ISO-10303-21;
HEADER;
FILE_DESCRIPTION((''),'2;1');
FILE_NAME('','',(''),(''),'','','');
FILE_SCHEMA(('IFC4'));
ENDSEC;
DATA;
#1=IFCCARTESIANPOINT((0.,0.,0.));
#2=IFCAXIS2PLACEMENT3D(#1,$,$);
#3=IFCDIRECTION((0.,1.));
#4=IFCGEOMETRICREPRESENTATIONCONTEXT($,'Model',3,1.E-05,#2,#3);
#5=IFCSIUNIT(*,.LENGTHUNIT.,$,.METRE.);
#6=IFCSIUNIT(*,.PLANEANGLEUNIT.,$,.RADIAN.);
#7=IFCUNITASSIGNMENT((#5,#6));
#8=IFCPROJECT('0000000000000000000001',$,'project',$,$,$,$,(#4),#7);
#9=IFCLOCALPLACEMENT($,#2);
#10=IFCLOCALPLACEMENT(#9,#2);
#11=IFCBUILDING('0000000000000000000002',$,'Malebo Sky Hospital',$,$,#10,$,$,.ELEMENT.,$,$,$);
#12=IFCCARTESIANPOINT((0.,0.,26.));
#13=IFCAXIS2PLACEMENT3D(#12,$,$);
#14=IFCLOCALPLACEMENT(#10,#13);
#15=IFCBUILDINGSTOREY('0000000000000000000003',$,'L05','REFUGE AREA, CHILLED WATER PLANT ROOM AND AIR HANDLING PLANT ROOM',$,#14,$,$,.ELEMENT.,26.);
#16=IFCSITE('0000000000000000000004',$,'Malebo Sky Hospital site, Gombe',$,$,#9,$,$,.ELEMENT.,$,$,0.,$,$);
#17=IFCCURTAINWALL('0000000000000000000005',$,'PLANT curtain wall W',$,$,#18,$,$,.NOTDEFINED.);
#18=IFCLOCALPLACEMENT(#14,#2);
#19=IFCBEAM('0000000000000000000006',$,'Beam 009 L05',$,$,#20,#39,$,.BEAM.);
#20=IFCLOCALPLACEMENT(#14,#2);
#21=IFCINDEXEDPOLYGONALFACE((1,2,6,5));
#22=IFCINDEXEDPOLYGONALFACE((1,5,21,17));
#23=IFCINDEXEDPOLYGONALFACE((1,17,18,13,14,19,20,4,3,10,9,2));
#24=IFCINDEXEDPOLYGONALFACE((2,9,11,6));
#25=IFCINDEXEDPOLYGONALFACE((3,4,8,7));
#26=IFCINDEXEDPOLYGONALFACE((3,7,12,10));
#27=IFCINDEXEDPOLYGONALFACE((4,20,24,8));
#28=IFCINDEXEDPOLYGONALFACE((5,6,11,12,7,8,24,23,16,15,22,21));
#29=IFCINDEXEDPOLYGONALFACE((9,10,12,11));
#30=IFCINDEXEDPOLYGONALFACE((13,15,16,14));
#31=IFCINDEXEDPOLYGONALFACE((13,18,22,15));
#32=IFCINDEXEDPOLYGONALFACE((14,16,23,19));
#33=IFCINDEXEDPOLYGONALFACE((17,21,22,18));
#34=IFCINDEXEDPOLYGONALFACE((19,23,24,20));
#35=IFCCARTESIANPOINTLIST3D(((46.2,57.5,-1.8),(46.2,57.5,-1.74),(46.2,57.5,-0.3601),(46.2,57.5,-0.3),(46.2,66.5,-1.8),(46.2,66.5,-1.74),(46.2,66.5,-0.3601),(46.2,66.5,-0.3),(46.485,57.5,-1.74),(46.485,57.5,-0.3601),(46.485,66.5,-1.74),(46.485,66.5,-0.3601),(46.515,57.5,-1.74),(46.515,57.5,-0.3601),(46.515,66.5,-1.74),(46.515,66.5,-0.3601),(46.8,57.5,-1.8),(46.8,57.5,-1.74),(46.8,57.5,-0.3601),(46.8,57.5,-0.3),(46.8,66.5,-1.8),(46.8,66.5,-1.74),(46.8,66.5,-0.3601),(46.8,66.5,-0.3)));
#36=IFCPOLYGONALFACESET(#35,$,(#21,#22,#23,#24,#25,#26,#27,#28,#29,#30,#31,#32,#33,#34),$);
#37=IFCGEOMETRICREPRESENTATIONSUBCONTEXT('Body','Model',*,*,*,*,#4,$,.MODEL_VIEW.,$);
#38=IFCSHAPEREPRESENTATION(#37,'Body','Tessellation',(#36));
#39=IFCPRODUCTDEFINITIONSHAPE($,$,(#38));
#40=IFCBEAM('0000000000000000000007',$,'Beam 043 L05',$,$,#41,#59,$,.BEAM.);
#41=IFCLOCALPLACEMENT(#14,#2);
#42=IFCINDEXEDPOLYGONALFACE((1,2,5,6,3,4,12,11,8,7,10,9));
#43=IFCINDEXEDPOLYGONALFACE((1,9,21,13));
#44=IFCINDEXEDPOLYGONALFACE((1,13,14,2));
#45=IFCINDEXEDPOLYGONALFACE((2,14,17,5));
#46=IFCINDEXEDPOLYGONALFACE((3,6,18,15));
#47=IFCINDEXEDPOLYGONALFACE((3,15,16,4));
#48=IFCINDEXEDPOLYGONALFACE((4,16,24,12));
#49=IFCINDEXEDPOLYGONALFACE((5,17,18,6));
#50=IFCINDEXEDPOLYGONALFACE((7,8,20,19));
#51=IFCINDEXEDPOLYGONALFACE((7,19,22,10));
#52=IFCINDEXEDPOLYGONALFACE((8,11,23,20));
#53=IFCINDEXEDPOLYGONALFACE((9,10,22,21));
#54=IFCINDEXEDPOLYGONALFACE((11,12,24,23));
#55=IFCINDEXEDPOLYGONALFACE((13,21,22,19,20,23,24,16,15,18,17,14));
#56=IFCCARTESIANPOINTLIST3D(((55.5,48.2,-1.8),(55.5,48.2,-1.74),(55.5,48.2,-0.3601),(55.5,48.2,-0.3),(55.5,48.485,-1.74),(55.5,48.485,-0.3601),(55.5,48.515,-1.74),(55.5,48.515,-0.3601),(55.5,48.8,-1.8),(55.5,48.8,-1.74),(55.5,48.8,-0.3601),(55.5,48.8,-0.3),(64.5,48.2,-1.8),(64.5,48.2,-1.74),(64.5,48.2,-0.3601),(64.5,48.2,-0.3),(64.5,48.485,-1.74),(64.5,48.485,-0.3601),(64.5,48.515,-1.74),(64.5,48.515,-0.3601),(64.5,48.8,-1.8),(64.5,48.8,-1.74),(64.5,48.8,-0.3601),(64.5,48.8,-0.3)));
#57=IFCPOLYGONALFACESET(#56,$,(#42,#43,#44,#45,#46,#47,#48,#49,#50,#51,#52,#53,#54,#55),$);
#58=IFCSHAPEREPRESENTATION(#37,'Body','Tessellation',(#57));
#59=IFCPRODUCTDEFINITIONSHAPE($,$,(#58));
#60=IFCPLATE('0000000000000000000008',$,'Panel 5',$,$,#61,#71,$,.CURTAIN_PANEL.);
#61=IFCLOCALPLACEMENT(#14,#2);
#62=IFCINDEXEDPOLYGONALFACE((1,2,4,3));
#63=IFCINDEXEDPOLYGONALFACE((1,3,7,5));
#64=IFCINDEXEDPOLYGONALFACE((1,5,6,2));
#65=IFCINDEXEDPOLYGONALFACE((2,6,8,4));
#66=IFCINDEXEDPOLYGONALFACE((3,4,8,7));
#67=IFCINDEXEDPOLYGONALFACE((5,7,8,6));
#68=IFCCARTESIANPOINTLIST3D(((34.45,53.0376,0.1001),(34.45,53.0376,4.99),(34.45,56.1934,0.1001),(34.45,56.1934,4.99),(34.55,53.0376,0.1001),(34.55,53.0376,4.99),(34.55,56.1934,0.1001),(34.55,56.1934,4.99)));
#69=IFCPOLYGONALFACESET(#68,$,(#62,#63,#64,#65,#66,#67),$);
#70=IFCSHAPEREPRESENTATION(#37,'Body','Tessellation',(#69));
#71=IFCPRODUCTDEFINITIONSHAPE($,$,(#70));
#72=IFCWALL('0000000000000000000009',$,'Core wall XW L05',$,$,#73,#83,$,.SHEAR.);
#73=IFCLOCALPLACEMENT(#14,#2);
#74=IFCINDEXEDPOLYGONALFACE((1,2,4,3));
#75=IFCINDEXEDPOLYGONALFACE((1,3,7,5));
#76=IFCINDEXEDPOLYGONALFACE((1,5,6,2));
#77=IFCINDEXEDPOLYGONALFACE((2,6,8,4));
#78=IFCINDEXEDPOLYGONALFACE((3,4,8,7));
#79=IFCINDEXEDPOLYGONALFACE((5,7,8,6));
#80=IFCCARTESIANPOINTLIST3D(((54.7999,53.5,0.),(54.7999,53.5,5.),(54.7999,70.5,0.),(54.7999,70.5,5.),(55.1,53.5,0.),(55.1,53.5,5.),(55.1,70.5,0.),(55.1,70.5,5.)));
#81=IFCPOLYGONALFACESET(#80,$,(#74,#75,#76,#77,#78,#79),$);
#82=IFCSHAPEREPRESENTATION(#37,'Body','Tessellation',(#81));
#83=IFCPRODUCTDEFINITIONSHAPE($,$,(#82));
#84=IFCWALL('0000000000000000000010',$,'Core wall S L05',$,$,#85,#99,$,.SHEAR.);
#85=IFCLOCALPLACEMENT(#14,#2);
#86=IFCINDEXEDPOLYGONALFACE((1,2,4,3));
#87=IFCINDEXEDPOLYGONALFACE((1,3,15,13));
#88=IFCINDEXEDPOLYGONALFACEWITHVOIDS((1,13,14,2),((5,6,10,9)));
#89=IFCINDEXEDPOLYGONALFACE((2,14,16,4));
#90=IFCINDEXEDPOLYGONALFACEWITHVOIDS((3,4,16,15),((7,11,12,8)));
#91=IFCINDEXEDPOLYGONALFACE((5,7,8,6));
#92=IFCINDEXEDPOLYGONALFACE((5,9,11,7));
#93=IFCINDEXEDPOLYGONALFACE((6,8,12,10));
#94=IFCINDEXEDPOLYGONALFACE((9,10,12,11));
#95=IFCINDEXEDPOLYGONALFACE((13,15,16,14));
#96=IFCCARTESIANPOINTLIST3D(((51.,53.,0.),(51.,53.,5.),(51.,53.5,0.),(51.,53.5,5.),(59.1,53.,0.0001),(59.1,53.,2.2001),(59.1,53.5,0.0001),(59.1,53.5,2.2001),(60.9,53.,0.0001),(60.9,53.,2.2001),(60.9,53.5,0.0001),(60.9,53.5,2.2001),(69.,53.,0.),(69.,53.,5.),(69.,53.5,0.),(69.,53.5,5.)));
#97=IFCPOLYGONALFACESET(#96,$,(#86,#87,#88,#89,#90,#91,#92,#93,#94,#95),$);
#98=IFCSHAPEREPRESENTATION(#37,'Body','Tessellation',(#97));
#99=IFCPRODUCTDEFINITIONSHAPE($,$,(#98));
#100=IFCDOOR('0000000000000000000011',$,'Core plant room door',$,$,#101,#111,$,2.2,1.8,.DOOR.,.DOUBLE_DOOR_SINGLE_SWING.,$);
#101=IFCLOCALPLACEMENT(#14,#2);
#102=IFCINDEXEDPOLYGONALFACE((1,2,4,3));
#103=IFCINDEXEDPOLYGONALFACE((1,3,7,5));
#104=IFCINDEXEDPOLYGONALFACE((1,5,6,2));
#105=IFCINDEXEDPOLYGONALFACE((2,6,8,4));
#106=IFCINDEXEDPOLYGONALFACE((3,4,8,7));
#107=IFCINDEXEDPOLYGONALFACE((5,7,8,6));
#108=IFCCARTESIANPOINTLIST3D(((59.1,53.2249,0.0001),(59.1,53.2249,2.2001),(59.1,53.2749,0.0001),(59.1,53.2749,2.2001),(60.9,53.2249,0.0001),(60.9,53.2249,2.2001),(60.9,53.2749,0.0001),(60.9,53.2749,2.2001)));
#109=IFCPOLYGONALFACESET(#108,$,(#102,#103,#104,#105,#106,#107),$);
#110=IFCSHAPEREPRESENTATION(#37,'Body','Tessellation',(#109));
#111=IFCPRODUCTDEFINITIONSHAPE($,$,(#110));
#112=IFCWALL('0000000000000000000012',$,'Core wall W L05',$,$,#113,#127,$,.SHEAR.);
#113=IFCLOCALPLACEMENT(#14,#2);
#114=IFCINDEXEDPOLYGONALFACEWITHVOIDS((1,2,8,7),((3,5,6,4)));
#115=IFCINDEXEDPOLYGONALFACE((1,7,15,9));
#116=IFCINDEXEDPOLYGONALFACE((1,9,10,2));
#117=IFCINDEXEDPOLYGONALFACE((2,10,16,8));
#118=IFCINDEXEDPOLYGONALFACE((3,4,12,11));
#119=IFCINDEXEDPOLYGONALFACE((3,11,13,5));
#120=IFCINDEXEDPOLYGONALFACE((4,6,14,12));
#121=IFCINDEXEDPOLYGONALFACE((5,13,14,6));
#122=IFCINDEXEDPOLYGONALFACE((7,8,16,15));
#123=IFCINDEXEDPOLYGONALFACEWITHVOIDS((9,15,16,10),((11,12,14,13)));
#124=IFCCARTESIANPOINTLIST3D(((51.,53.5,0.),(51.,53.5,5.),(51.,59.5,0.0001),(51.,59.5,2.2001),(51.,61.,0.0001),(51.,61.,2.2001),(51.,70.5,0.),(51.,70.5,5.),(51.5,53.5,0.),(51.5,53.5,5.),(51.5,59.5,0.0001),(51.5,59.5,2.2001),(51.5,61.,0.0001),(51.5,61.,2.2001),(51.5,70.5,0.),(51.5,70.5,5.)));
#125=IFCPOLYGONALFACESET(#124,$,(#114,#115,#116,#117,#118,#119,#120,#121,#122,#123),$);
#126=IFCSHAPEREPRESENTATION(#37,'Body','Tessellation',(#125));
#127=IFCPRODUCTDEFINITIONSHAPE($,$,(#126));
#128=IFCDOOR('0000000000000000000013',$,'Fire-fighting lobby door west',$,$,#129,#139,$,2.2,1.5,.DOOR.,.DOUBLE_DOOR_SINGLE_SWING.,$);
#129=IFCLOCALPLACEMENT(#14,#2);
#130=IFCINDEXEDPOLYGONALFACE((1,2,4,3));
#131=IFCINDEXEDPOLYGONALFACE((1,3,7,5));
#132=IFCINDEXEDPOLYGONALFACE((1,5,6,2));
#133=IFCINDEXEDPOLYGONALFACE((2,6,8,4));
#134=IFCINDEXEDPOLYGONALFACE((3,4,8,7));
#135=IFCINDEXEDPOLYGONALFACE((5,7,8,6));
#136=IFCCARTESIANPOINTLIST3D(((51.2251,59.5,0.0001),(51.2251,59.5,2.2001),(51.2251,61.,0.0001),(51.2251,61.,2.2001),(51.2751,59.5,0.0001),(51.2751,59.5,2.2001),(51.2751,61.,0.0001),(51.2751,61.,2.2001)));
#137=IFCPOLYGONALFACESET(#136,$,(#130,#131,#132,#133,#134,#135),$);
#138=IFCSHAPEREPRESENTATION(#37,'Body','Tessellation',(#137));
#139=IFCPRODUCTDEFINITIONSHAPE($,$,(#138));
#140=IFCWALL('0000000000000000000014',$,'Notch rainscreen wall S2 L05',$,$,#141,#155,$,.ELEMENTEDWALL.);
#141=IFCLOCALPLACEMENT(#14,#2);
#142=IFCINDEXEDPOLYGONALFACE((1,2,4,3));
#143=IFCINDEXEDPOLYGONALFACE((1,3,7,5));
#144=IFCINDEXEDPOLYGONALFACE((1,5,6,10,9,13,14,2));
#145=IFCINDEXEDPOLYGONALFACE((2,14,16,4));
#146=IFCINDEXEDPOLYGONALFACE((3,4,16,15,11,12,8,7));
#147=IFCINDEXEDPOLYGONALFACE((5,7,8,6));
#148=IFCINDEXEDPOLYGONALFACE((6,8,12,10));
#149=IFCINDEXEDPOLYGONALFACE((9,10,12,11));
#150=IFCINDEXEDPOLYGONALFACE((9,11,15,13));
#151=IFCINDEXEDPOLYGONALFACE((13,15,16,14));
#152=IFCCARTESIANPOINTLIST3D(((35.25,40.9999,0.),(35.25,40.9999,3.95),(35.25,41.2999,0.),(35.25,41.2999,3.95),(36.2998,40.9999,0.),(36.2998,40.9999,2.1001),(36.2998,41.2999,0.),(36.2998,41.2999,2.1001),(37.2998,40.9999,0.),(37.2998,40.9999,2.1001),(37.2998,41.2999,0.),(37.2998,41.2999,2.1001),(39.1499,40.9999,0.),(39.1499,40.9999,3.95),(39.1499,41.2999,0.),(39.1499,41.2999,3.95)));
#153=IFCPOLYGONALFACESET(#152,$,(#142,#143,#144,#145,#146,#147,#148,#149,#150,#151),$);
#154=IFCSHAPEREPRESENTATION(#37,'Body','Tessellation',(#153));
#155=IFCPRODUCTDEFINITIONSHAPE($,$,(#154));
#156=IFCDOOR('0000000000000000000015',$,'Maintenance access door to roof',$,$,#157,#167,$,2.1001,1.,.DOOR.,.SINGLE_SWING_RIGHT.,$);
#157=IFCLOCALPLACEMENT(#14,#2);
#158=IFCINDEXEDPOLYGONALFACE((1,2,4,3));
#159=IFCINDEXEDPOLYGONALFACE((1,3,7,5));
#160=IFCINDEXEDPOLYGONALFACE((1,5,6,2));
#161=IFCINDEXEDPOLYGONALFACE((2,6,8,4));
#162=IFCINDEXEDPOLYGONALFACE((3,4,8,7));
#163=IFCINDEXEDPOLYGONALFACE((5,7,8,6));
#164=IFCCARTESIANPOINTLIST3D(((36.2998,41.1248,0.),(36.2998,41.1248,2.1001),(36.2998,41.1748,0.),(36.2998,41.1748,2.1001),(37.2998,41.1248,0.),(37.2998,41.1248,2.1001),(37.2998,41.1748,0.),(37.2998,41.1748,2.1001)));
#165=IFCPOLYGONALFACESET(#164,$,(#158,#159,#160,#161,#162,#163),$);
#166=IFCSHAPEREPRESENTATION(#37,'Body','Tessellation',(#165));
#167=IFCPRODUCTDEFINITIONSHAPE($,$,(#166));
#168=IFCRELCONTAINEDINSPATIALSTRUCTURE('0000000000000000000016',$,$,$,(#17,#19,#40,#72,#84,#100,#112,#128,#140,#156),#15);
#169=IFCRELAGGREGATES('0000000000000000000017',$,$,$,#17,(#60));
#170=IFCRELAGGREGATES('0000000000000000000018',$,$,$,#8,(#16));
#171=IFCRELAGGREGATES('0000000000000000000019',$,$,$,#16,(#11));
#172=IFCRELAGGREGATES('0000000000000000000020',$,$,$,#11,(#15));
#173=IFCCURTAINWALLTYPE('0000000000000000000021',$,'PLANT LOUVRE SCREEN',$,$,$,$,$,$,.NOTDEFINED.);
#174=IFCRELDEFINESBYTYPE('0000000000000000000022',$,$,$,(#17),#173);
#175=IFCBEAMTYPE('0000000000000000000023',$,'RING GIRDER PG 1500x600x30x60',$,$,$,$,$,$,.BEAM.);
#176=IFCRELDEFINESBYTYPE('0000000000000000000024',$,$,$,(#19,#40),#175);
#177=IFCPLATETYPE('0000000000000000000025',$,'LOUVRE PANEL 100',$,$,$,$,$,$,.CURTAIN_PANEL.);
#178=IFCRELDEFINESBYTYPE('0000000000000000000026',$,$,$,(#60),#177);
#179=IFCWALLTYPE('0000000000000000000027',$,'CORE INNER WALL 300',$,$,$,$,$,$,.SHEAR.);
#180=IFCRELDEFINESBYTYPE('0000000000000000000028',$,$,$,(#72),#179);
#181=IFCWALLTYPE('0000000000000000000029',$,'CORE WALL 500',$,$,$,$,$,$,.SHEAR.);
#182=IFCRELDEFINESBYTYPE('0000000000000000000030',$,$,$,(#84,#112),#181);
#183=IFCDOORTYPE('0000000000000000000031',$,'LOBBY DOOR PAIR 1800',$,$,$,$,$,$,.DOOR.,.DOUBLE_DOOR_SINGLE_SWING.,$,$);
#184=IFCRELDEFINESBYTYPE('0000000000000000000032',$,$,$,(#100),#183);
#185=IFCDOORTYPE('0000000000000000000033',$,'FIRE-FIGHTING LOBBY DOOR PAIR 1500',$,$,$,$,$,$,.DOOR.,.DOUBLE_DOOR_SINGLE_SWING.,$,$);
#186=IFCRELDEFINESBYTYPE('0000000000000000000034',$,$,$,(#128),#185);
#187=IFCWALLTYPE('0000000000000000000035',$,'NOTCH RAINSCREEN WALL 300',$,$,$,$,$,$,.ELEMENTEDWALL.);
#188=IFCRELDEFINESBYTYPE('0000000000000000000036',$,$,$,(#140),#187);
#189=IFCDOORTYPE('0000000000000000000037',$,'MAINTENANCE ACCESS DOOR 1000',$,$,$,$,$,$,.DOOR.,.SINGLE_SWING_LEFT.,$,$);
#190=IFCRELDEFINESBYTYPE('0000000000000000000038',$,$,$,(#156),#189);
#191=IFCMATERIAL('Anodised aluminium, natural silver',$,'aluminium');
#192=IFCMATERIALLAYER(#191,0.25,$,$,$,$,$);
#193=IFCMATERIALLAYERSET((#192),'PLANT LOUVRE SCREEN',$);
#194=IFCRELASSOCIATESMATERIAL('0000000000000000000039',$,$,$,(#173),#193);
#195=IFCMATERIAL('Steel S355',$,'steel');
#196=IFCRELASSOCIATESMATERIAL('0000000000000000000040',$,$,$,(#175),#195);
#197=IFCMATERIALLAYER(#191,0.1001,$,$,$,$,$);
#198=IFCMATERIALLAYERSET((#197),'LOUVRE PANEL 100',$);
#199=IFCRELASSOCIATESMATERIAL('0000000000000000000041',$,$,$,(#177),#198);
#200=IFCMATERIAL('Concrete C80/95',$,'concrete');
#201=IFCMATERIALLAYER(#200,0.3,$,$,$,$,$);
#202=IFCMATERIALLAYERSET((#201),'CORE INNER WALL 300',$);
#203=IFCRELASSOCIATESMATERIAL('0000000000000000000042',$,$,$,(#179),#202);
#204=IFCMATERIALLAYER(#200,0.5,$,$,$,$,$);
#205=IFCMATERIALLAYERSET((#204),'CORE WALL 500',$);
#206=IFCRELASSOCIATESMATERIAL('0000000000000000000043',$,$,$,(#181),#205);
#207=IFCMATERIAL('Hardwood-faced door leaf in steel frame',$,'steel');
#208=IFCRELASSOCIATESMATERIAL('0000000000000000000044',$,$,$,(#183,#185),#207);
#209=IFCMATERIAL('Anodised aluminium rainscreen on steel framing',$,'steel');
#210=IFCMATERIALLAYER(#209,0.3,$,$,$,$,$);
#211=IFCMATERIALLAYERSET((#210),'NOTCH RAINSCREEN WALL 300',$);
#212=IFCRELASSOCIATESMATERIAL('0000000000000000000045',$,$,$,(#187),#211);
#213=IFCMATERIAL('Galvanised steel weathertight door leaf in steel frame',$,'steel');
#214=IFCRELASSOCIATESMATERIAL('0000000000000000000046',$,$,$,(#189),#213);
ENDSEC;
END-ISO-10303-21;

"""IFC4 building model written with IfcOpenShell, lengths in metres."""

from ifc_helpers import new_model, si_unit, direction, frame, frame_2d, origin, origin_2d, place, context, subcontext, project, spatial, rectangle, i_section, extrude, material, layer, layer_set, material_profile, profile_set, type_object, element, fill, aggregate, save


model = new_model("IFC4")

# Units and contexts
model_context = context("Model", 3, precision=1e-05, world=origin(), true_north=direction((0.0, 1.0)))
body_context = subcontext(model_context, "Body", "Model", "MODEL_VIEW")
ifc_project = project(units=[si_unit("LENGTHUNIT", "METRE"), si_unit("PLANEANGLEUNIT", "RADIAN")], contexts=[model_context])

# Site, building, storey
site_placement = place(None, origin())
site = spatial("IfcSite", under=ifc_project, at=site_placement, Name="Malebo Sky Hospital site, Gombe", CompositionType="ELEMENT", RefElevation=0.0)
building_placement = place(site_placement, origin())
building = spatial("IfcBuilding", under=site, at=building_placement, Name="Malebo Sky Hospital", CompositionType="ELEMENT")
storey_placement = place(building_placement, frame((0.0, 0.0, 26.0)))
storey = spatial("IfcBuildingStorey", under=building, at=storey_placement, Name="L05", Description="REFUGE AREA, CHILLED WATER PLANT ROOM AND AIR HANDLING PLANT ROOM", CompositionType="ELEMENT", Elevation=26.0)

# Curtain wall
ifc_material_1 = material(Name="Anodised aluminium, natural silver", Category="aluminium")
ifc_layer_1 = layer(ifc_material_1, 0.25)
ifc_layer_set_1 = layer_set([ifc_layer_1], Name="PLANT LOUVRE SCREEN")
curtain_wall_type = type_object("IfcCurtainWallType", Name="PLANT LOUVRE SCREEN", PredefinedType="NOTDEFINED", material=ifc_layer_set_1)
curtain_wall_placement = place(storey_placement, origin())
curtain_wall = element("IfcCurtainWall", 1, at=curtain_wall_placement, inside=storey, type_object=curtain_wall_type, Name="PLANT curtain wall W", PredefinedType="NOTDEFINED")

# Beams
ifc_material_2 = material(Name="Steel S355", Category="steel")
ifc_material_profile_1 = material_profile(ifc_material_2, i_section(OverallWidth=0.6001, OverallDepth=1.5, WebThickness=0.03, FlangeThickness=0.0601, at=origin_2d()), Name="PG 1500x600x30x60")
ifc_profile_set_1 = profile_set([ifc_material_profile_1], Name="Steel S355")
beam_type_1 = type_object("IfcBeamType", Name="RING GIRDER PG 1500x600x30x60", PredefinedType="BEAM", material=ifc_profile_set_1)
for number, where, z_axis, x_axis, name in (
    (2, (46.5, 57.5, -1.05), (0.0, 1.0, 0.0), (-1.0, 0.0, 0.0), "Beam 009 L05"),
    (3, (55.5, 48.5, -1.05), (1.0, 0.0, 0.0), (0.0, 1.0, 0.0), "Beam 043 L05"),
):
    element("IfcBeam", number, at=place(storey_placement, frame(where, z_axis=z_axis, x_axis=x_axis)), inside=storey, type_object=beam_type_1, Name=name, PredefinedType="BEAM", context=body_context, shape_type="SweptSolid", body=[
        extrude(i_section(OverallWidth=0.6001, OverallDepth=1.5, WebThickness=0.03, FlangeThickness=0.0601, at=origin_2d()), origin(), (0.0, 0.0, 1.0), 9.0),
    ])

# Plate
ifc_layer_2 = layer(ifc_material_1, 0.1001)
ifc_layer_set_2 = layer_set([ifc_layer_2], Name="LOUVRE PANEL 100")
plate_type = type_object("IfcPlateType", Name="LOUVRE PANEL 100", PredefinedType="CURTAIN_PANEL", material=ifc_layer_set_2)
plate_placement = place(storey_placement, frame((34.5, 54.6155, 0.1001), z_axis=(0.0, 0.0, 1.0), x_axis=(0.0, 1.0, 0.0)))
plate = element("IfcPlate", 4, at=plate_placement, type_object=plate_type, Name="Panel 5", PredefinedType="CURTAIN_PANEL", context=body_context, shape_type="SweptSolid", body=[
    extrude(rectangle(XDim=3.1558, YDim=0.1001, at=origin_2d()), origin(), (0.0, 0.0, 1.0), 4.8899),
])
aggregate(curtain_wall, [plate])

# Wall
ifc_material_3 = material(Name="Concrete C80/95", Category="concrete")
ifc_layer_3 = layer(ifc_material_3, 0.3)
ifc_layer_set_3 = layer_set([ifc_layer_3], Name="CORE INNER WALL 300")
wall_type_1 = type_object("IfcWallType", Name="CORE INNER WALL 300", PredefinedType="SHEAR", material=ifc_layer_set_3)
wall_1_placement = place(storey_placement, frame((54.95, 53.5, 0.0), z_axis=(0.0, 0.0, 1.0), x_axis=(0.0, 1.0, 0.0)))
element("IfcWall", 5, at=wall_1_placement, inside=storey, type_object=wall_type_1, Name="Core wall XW L05", PredefinedType="SHEAR", context=body_context, shape_type="SweptSolid", body=[
    extrude(rectangle(XDim=17.0, YDim=0.3, at=frame_2d((8.5, 0.0))), origin(), (0.0, 0.0, 1.0), 5.0),
])

# Walls, openings, doors
ifc_layer_4 = layer(ifc_material_3, 0.5)
ifc_layer_set_4 = layer_set([ifc_layer_4], Name="CORE WALL 500")
wall_type_2 = type_object("IfcWallType", Name="CORE WALL 500", PredefinedType="SHEAR", material=ifc_layer_set_4)
wall_2_placement = place(storey_placement, frame((51.0, 53.25, 0.0), z_axis=(0.0, 0.0, 1.0), x_axis=(1.0, 0.0, 0.0)))
wall_2 = element("IfcWall", 6, at=wall_2_placement, inside=storey, type_object=wall_type_2, Name="Core wall S L05", PredefinedType="SHEAR", context=body_context, shape_type="SweptSolid", body=[
    extrude(rectangle(XDim=18.0, YDim=0.5, at=frame_2d((9.0, 0.0))), origin(), (0.0, 0.0, 1.0), 5.0),
])
opening_1_placement = place(wall_2_placement, frame((8.1001, 0.0, 0.0)))
opening_1 = element("IfcOpeningElement", 7, at=opening_1_placement, cuts=wall_2, PredefinedType="OPENING", context=body_context, shape_type="SweptSolid", body=[
    extrude(rectangle(XDim=1.8, YDim=2.2, at=frame_2d((0.8999, 1.1001))), frame((0.0, 0.26, 0.0), z_axis=(0.0, -1.0, 0.0), x_axis=(1.0, 0.0, 0.0)), (0.0, 0.0, 1.0), 0.52),
])
ifc_material_4 = material(Name="Hardwood-faced door leaf in steel frame", Category="steel")
door_type_1 = type_object("IfcDoorType", Name="LOBBY DOOR PAIR 1800", OperationType="DOUBLE_DOOR_SINGLE_SWING", PredefinedType="DOOR", material=ifc_material_4)
door_1_placement = place(opening_1_placement, origin())
door_1 = element("IfcDoor", 8, at=door_1_placement, inside=storey, type_object=door_type_1, Name="Core plant room door", OperationType="DOUBLE_DOOR_SINGLE_SWING", OverallHeight=2.2, OverallWidth=1.8, PredefinedType="DOOR", context=body_context, shape_type="SweptSolid", body=[
    extrude(rectangle(XDim=1.8, YDim=2.2, at=frame_2d((0.8999, 1.1001))), frame((0.0, 0.0249, 0.0), z_axis=(0.0, -1.0, 0.0), x_axis=(1.0, 0.0, 0.0)), (0.0, 0.0, 1.0), 0.05),
])
fill(opening_1, door_1)
wall_3_placement = place(storey_placement, frame((51.25, 53.5, 0.0), z_axis=(0.0, 0.0, 1.0), x_axis=(0.0, 1.0, 0.0)))
wall_3 = element("IfcWall", 9, at=wall_3_placement, inside=storey, type_object=wall_type_2, Name="Core wall W L05", PredefinedType="SHEAR", context=body_context, shape_type="SweptSolid", body=[
    extrude(rectangle(XDim=17.0, YDim=0.5, at=frame_2d((8.5, 0.0))), origin(), (0.0, 0.0, 1.0), 5.0),
])
opening_2_placement = place(wall_3_placement, frame((6.0, 0.0, 0.0)))
opening_2 = element("IfcOpeningElement", 10, at=opening_2_placement, cuts=wall_3, PredefinedType="OPENING", context=body_context, shape_type="SweptSolid", body=[
    extrude(rectangle(XDim=1.5, YDim=2.2, at=frame_2d((0.75, 1.1001))), frame((0.0, 0.26, 0.0), z_axis=(0.0, -1.0, 0.0), x_axis=(1.0, 0.0, 0.0)), (0.0, 0.0, 1.0), 0.52),
])
door_type_2 = type_object("IfcDoorType", Name="FIRE-FIGHTING LOBBY DOOR PAIR 1500", OperationType="DOUBLE_DOOR_SINGLE_SWING", PredefinedType="DOOR", material=ifc_material_4)
door_2_placement = place(opening_2_placement, origin())
door_2 = element("IfcDoor", 11, at=door_2_placement, inside=storey, type_object=door_type_2, Name="Fire-fighting lobby door west", OperationType="DOUBLE_DOOR_SINGLE_SWING", OverallHeight=2.2, OverallWidth=1.5, PredefinedType="DOOR", context=body_context, shape_type="SweptSolid", body=[
    extrude(rectangle(XDim=1.5, YDim=2.2, at=frame_2d((0.75, 1.1001))), frame((0.0, 0.0249, 0.0), z_axis=(0.0, -1.0, 0.0), x_axis=(1.0, 0.0, 0.0)), (0.0, 0.0, 1.0), 0.05),
])
fill(opening_2, door_2)
ifc_material_5 = material(Name="Anodised aluminium rainscreen on steel framing", Category="steel")
ifc_layer_5 = layer(ifc_material_5, 0.3)
ifc_layer_set_5 = layer_set([ifc_layer_5], Name="NOTCH RAINSCREEN WALL 300")
wall_type_3 = type_object("IfcWallType", Name="NOTCH RAINSCREEN WALL 300", PredefinedType="ELEMENTEDWALL", material=ifc_layer_set_5)
wall_4_placement = place(storey_placement, frame((39.1499, 41.1499, 0.0), z_axis=(0.0, 0.0, 1.0), x_axis=(-1.0, 0.0, 0.0)))
wall_4 = element("IfcWall", 12, at=wall_4_placement, inside=storey, type_object=wall_type_3, Name="Notch rainscreen wall S2 L05", PredefinedType="ELEMENTEDWALL", context=body_context, shape_type="SweptSolid", body=[
    extrude(rectangle(XDim=3.8999, YDim=0.3, at=frame_2d((1.95, 0.0))), origin(), (0.0, 0.0, 1.0), 3.95),
])
opening_3_placement = place(wall_4_placement, frame((1.8501, 0.0, 0.0)))
opening_3 = element("IfcOpeningElement", 13, at=opening_3_placement, cuts=wall_4, PredefinedType="OPENING", context=body_context, shape_type="SweptSolid", body=[
    extrude(rectangle(XDim=1.0, YDim=2.1001, at=frame_2d((0.5, 1.05))), frame((0.0, 0.1599, 0.0), z_axis=(0.0, -1.0, 0.0), x_axis=(1.0, 0.0, 0.0)), (0.0, 0.0, 1.0), 0.3201),
])
ifc_material_6 = material(Name="Galvanised steel weathertight door leaf in steel frame", Category="steel")
door_type_3 = type_object("IfcDoorType", Name="MAINTENANCE ACCESS DOOR 1000", OperationType="SINGLE_SWING_LEFT", PredefinedType="DOOR", material=ifc_material_6)
door_3_placement = place(opening_3_placement, frame((1.0, 0.0, 0.0), z_axis=(0.0, 0.0, 1.0), x_axis=(-1.0, 0.0, 0.0)))
door_3 = element("IfcDoor", 14, at=door_3_placement, inside=storey, type_object=door_type_3, Name="Maintenance access door to roof", OperationType="SINGLE_SWING_RIGHT", OverallHeight=2.1001, OverallWidth=1.0, PredefinedType="DOOR", context=body_context, shape_type="SweptSolid", body=[
    extrude(rectangle(XDim=1.0, YDim=2.1001, at=frame_2d((0.5, 1.05))), frame((0.0, 0.0249, 0.0), z_axis=(0.0, -1.0, 0.0), x_axis=(1.0, 0.0, 0.0)), (0.0, 0.0, 1.0), 0.05),
])
fill(opening_3, door_3)

save(model, "model.ifc")
